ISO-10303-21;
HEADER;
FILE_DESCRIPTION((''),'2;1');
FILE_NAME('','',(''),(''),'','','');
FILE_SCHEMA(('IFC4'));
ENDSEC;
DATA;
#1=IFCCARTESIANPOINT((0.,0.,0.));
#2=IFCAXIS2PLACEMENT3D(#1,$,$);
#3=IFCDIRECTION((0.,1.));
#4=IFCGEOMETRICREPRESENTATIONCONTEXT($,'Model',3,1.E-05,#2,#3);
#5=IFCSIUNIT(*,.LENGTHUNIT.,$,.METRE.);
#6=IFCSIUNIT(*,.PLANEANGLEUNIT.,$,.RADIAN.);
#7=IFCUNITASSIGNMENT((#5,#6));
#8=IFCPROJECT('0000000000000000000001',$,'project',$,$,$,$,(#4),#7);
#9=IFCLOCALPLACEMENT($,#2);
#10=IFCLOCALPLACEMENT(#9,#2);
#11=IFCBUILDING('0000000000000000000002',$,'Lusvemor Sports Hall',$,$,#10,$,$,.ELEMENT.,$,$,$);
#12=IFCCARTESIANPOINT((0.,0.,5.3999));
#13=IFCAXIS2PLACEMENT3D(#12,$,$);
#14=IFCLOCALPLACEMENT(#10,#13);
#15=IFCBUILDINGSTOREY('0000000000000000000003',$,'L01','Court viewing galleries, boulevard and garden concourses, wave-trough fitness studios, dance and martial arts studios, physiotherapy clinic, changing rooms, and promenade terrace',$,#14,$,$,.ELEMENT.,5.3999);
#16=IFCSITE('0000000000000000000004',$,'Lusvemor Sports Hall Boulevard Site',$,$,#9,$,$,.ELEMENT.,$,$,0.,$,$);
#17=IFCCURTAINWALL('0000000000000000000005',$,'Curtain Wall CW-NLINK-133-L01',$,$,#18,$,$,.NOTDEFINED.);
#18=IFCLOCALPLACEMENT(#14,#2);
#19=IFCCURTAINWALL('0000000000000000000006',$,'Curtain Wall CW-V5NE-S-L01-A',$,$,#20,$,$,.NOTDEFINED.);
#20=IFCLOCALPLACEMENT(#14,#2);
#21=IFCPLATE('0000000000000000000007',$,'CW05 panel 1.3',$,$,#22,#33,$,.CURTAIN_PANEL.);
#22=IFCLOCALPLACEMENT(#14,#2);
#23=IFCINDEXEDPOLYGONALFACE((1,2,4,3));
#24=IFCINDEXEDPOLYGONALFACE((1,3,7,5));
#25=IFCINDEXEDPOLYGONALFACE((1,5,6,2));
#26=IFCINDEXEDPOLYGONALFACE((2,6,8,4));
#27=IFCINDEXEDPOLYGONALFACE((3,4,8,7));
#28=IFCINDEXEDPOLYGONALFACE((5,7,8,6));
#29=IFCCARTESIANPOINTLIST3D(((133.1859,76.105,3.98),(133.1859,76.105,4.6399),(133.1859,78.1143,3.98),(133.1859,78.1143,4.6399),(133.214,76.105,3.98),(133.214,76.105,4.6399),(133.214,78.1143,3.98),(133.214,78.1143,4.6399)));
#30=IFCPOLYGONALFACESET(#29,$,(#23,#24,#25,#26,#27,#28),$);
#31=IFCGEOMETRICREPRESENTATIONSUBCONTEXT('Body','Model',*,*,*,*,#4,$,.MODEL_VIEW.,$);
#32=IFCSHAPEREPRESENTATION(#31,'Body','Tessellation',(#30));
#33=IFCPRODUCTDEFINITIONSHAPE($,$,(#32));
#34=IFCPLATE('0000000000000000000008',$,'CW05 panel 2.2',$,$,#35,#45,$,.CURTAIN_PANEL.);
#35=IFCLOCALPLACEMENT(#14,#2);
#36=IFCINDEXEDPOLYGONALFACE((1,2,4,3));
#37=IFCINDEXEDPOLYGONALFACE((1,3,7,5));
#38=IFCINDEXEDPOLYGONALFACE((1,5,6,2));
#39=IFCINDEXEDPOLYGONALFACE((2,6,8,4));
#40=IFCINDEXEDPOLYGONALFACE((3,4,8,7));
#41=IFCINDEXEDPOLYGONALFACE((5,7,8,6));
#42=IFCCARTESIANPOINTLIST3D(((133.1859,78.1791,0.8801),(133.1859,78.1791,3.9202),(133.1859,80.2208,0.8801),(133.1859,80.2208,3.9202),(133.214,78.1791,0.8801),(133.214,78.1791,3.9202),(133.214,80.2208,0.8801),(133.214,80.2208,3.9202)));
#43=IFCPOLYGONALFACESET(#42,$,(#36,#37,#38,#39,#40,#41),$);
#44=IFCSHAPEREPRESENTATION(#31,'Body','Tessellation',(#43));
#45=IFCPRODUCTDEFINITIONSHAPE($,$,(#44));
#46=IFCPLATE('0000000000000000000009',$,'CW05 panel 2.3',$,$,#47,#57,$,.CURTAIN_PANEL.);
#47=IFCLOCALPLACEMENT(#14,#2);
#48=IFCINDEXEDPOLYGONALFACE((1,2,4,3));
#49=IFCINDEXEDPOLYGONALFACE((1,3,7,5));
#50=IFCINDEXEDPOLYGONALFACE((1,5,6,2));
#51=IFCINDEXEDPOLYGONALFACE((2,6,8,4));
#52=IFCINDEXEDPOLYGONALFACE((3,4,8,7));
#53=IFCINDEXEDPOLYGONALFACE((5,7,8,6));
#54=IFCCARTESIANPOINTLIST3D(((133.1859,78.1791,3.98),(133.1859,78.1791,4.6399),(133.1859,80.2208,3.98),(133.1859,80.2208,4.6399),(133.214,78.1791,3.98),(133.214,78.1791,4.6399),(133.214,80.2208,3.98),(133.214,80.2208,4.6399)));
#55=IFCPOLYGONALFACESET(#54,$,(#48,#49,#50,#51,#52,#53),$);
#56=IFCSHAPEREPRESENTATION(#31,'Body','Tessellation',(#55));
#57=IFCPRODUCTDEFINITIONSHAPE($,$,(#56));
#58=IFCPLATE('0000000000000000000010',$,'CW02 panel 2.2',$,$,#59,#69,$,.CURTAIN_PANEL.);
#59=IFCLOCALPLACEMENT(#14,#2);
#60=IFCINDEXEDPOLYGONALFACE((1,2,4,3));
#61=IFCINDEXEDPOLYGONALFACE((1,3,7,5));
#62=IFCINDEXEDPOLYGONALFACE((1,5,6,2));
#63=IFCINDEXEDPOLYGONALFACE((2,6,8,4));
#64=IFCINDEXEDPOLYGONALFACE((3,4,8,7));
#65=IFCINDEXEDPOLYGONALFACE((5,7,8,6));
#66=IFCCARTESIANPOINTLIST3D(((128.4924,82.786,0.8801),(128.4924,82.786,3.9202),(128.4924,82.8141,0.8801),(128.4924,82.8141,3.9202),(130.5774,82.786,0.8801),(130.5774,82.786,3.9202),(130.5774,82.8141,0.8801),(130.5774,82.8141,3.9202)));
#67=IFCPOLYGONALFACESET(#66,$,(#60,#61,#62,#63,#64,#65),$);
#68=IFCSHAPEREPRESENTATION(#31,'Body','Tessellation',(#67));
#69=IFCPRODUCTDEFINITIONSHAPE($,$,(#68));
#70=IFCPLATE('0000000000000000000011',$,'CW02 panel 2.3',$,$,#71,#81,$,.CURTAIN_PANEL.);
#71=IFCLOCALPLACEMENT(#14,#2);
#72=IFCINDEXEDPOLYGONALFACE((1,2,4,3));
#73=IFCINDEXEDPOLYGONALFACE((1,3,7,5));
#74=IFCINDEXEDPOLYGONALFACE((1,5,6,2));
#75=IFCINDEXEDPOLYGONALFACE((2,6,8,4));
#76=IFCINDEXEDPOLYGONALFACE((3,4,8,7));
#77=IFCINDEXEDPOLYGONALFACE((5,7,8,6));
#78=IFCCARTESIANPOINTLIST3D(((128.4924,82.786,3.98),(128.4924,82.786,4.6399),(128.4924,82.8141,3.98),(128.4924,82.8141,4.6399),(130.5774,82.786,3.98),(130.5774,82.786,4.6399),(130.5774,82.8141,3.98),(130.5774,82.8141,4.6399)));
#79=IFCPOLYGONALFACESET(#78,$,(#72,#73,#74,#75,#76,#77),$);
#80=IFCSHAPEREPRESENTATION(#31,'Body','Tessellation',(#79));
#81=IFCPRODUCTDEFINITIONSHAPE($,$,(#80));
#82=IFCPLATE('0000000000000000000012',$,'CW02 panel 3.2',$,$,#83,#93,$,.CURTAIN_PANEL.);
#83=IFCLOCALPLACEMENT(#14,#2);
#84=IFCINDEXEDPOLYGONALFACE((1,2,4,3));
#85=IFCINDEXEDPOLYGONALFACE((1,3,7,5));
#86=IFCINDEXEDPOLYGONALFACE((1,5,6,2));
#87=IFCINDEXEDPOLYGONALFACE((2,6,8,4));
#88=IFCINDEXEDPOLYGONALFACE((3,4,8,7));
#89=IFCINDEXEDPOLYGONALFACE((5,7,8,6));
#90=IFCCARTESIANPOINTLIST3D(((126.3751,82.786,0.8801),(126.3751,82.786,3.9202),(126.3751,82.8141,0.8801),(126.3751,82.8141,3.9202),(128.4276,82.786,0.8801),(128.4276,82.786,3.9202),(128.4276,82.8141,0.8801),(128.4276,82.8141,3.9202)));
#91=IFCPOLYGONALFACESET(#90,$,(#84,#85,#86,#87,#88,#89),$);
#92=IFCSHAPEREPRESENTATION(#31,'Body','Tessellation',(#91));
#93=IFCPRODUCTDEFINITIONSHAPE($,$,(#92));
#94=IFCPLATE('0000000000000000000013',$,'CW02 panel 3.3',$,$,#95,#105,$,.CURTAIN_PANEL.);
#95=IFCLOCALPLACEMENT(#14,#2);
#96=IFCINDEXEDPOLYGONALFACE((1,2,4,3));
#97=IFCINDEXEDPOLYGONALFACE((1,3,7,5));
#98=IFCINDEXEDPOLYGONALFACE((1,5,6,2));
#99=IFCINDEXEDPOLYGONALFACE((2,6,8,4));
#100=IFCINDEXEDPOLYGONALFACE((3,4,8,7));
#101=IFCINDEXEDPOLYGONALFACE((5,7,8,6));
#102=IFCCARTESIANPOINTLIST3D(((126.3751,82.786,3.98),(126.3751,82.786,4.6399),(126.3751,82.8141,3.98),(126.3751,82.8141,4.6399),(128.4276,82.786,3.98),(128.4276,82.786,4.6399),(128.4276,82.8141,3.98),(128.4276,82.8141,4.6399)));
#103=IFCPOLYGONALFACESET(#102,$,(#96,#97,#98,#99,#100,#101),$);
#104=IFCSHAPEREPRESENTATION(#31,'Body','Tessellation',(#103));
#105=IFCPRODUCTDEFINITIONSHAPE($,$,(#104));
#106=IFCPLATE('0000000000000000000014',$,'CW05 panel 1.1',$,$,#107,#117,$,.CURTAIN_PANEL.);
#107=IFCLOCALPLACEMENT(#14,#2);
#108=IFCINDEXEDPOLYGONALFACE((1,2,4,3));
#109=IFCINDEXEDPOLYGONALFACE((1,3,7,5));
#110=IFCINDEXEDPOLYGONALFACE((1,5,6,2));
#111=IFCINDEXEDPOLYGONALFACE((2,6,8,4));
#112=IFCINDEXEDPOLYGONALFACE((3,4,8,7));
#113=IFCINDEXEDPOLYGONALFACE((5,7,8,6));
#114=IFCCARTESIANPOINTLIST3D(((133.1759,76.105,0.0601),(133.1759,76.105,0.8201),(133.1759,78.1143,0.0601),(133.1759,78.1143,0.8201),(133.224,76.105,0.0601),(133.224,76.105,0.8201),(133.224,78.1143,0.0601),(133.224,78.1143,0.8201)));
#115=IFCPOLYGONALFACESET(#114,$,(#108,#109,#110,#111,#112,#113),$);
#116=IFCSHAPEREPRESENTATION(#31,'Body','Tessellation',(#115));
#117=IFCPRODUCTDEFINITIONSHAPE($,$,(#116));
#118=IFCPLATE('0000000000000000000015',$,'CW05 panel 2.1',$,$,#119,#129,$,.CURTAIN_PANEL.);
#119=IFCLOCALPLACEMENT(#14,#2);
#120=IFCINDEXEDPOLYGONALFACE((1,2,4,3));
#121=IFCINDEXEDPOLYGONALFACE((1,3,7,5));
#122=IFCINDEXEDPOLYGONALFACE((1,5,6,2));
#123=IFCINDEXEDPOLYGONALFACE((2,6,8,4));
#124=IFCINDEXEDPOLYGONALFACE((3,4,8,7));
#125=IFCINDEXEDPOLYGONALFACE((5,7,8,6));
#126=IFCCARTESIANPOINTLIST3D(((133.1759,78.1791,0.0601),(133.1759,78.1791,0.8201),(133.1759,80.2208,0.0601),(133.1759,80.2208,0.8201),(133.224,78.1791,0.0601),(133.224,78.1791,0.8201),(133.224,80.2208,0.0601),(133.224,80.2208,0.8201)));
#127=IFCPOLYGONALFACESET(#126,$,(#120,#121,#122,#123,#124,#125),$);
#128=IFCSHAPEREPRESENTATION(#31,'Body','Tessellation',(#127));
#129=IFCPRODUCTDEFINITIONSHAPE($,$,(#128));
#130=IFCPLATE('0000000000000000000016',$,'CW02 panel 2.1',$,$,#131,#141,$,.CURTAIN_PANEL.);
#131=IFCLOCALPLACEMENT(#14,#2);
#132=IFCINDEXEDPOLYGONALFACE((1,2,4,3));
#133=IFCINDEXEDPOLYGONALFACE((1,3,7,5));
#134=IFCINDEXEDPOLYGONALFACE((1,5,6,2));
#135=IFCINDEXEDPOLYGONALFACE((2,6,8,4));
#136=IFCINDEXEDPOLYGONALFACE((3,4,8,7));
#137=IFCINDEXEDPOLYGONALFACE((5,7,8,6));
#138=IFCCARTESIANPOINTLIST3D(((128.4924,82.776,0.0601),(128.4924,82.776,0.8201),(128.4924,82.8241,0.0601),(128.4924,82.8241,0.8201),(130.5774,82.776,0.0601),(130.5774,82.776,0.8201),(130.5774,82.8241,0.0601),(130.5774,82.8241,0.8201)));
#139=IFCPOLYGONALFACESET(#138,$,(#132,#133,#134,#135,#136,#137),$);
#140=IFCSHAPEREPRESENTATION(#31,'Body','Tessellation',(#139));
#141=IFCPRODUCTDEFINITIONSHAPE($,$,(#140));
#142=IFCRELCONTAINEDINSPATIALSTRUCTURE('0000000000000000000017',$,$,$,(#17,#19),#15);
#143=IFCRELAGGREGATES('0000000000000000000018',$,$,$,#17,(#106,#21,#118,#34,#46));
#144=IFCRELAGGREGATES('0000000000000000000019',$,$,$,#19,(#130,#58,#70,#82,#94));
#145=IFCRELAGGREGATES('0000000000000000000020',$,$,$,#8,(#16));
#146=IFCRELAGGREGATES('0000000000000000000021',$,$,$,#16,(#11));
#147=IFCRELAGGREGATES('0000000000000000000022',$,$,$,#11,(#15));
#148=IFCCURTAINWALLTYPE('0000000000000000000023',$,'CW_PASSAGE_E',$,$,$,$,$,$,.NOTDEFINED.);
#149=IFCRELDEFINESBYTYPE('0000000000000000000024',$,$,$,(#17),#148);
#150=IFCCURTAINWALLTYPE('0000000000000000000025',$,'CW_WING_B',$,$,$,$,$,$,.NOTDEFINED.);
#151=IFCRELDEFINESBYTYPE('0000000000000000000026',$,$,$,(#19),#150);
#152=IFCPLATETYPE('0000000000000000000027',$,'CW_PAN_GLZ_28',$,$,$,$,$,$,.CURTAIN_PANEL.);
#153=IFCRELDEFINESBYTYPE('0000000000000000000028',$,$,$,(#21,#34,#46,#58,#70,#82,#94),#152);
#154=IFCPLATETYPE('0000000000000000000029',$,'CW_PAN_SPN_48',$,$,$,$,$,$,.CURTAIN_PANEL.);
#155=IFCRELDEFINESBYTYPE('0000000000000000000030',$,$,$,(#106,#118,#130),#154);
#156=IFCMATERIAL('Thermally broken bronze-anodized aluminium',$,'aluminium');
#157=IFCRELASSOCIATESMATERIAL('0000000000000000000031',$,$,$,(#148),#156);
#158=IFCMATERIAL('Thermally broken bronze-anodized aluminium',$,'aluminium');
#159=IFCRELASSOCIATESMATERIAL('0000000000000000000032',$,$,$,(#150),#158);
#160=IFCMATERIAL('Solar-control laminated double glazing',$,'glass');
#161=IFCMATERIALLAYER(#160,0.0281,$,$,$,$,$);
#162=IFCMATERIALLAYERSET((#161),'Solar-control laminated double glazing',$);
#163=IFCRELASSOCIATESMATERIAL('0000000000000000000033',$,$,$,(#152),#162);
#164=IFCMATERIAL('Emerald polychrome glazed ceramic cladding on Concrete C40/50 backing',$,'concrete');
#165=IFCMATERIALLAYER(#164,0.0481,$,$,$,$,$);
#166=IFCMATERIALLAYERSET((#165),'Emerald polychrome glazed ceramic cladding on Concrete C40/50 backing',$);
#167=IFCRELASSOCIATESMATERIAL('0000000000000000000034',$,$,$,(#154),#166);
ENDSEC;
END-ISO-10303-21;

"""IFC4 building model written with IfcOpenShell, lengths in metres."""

from ifc_helpers import new_model, si_unit, direction, frame, origin, origin_2d, place, context, subcontext, project, spatial, rectangle, extrude, material, layer, layer_set, type_object, element, aggregate, save


model = new_model("IFC4")

# Units and contexts
model_context = context("Model", 3, precision=1e-05, world=origin(), true_north=direction((0.0, 1.0)))
body_context = subcontext(model_context, "Body", "Model", "MODEL_VIEW")
ifc_project = project(units=[si_unit("LENGTHUNIT", "METRE"), si_unit("PLANEANGLEUNIT", "RADIAN")], contexts=[model_context])

# Site, building, storey
site_placement = place(None, origin())
site = spatial("IfcSite", under=ifc_project, at=site_placement, Name="Lusvemor Sports Hall Boulevard Site", CompositionType="ELEMENT", RefElevation=0.0)
building_placement = place(site_placement, origin())
building = spatial("IfcBuilding", under=site, at=building_placement, Name="Lusvemor Sports Hall", CompositionType="ELEMENT")
storey_placement = place(building_placement, frame((0.0, 0.0, 5.3999)))
storey = spatial("IfcBuildingStorey", under=building, at=storey_placement, Name="L01", Description="Court viewing galleries, boulevard and garden concourses, wave-trough fitness studios, dance and martial arts studios, physiotherapy clinic, changing rooms, and promenade terrace", CompositionType="ELEMENT", Elevation=5.3999)

# Curtain wall
ifc_material_1 = material(Name="Thermally broken bronze-anodized aluminium", Category="aluminium")
curtain_wall_type_1 = type_object("IfcCurtainWallType", Name="CW_PASSAGE_E", PredefinedType="NOTDEFINED", material=ifc_material_1)
curtain_wall_1_placement = place(storey_placement, origin())
curtain_wall_1 = element("IfcCurtainWall", 1, at=curtain_wall_1_placement, inside=storey, type_object=curtain_wall_type_1, Name="Curtain Wall CW-NLINK-133-L01", PredefinedType="NOTDEFINED")

# Curtain wall
ifc_material_2 = material(Name="Thermally broken bronze-anodized aluminium", Category="aluminium")
curtain_wall_type_2 = type_object("IfcCurtainWallType", Name="CW_WING_B", PredefinedType="NOTDEFINED", material=ifc_material_2)
curtain_wall_2_placement = place(storey_placement, origin())
curtain_wall_2 = element("IfcCurtainWall", 2, at=curtain_wall_2_placement, inside=storey, type_object=curtain_wall_type_2, Name="Curtain Wall CW-V5NE-S-L01-A", PredefinedType="NOTDEFINED")

# Plates
ifc_material_3 = material(Name="Solar-control laminated double glazing", Category="glass")
ifc_layer_1 = layer(ifc_material_3, 0.0281)
ifc_layer_set_1 = layer_set([ifc_layer_1], Name="Solar-control laminated double glazing")
plate_type_1 = type_object("IfcPlateType", Name="CW_PAN_GLZ_28", PredefinedType="CURTAIN_PANEL", material=ifc_layer_set_1)
plate_1_placement = place(storey_placement, frame((133.2, 77.1096, 3.98), z_axis=(0.0, 0.0, 1.0), x_axis=(0.0, 1.0, 0.0)))
plate_1 = element("IfcPlate", 3, at=plate_1_placement, type_object=plate_type_1, Name="CW05 panel 1.3", PredefinedType="CURTAIN_PANEL", context=body_context, shape_type="SweptSolid", body=[
    extrude(rectangle(XDim=2.0093, YDim=0.0281, at=origin_2d()), origin(), (0.0, 0.0, 1.0), 0.6599),
])
plate_2_placement = place(storey_placement, frame((133.2, 79.2, 0.8801), z_axis=(0.0, 0.0, 1.0), x_axis=(0.0, 1.0, 0.0)))
plate_2 = element("IfcPlate", 4, at=plate_2_placement, type_object=plate_type_1, Name="CW05 panel 2.2", PredefinedType="CURTAIN_PANEL", context=body_context, shape_type="SweptSolid", body=[
    extrude(rectangle(XDim=2.0417, YDim=0.0281, at=origin_2d()), origin(), (0.0, 0.0, 1.0), 3.04),
])
plate_3_placement = place(storey_placement, frame((133.2, 79.2, 3.98), z_axis=(0.0, 0.0, 1.0), x_axis=(0.0, 1.0, 0.0)))
plate_3 = element("IfcPlate", 5, at=plate_3_placement, type_object=plate_type_1, Name="CW05 panel 2.3", PredefinedType="CURTAIN_PANEL", context=body_context, shape_type="SweptSolid", body=[
    extrude(rectangle(XDim=2.0417, YDim=0.0281, at=origin_2d()), origin(), (0.0, 0.0, 1.0), 0.6599),
])
plate_4_placement = place(storey_placement, frame((129.5349, 82.8, 0.8801), z_axis=(0.0, 0.0, 1.0), x_axis=(-1.0, 0.0, 0.0)))
plate_4 = element("IfcPlate", 6, at=plate_4_placement, type_object=plate_type_1, Name="CW02 panel 2.2", PredefinedType="CURTAIN_PANEL", context=body_context, shape_type="SweptSolid", body=[
    extrude(rectangle(XDim=2.085, YDim=0.0281, at=origin_2d()), origin(), (0.0, 0.0, 1.0), 3.04),
])
plate_5_placement = place(storey_placement, frame((129.5349, 82.8, 3.98), z_axis=(0.0, 0.0, 1.0), x_axis=(-1.0, 0.0, 0.0)))
plate_5 = element("IfcPlate", 7, at=plate_5_placement, type_object=plate_type_1, Name="CW02 panel 2.3", PredefinedType="CURTAIN_PANEL", context=body_context, shape_type="SweptSolid", body=[
    extrude(rectangle(XDim=2.085, YDim=0.0281, at=origin_2d()), origin(), (0.0, 0.0, 1.0), 0.6599),
])
plate_6_placement = place(storey_placement, frame((127.4014, 82.8, 0.8801), z_axis=(0.0, 0.0, 1.0), x_axis=(-1.0, 0.0, 0.0)))
plate_6 = element("IfcPlate", 8, at=plate_6_placement, type_object=plate_type_1, Name="CW02 panel 3.2", PredefinedType="CURTAIN_PANEL", context=body_context, shape_type="SweptSolid", body=[
    extrude(rectangle(XDim=2.0525, YDim=0.0281, at=origin_2d()), origin(), (0.0, 0.0, 1.0), 3.04),
])
plate_7_placement = place(storey_placement, frame((127.4014, 82.8, 3.98), z_axis=(0.0, 0.0, 1.0), x_axis=(-1.0, 0.0, 0.0)))
plate_7 = element("IfcPlate", 9, at=plate_7_placement, type_object=plate_type_1, Name="CW02 panel 3.3", PredefinedType="CURTAIN_PANEL", context=body_context, shape_type="SweptSolid", body=[
    extrude(rectangle(XDim=2.0525, YDim=0.0281, at=origin_2d()), origin(), (0.0, 0.0, 1.0), 0.6599),
])
ifc_material_4 = material(Name="Emerald polychrome glazed ceramic cladding on Concrete C40/50 backing", Category="concrete")
ifc_layer_2 = layer(ifc_material_4, 0.0481)
ifc_layer_set_2 = layer_set([ifc_layer_2], Name="Emerald polychrome glazed ceramic cladding on Concrete C40/50 backing")
plate_type_2 = type_object("IfcPlateType", Name="CW_PAN_SPN_48", PredefinedType="CURTAIN_PANEL", material=ifc_layer_set_2)
plate_8_placement = place(storey_placement, frame((133.2, 77.1096, 0.0601), z_axis=(0.0, 0.0, 1.0), x_axis=(0.0, 1.0, 0.0)))
plate_8 = element("IfcPlate", 10, at=plate_8_placement, type_object=plate_type_2, Name="CW05 panel 1.1", PredefinedType="CURTAIN_PANEL", context=body_context, shape_type="SweptSolid", body=[
    extrude(rectangle(XDim=2.0093, YDim=0.0481, at=origin_2d()), origin(), (0.0, 0.0, 1.0), 0.76),
])
plate_9_placement = place(storey_placement, frame((133.2, 79.2, 0.0601), z_axis=(0.0, 0.0, 1.0), x_axis=(0.0, 1.0, 0.0)))
plate_9 = element("IfcPlate", 11, at=plate_9_placement, type_object=plate_type_2, Name="CW05 panel 2.1", PredefinedType="CURTAIN_PANEL", context=body_context, shape_type="SweptSolid", body=[
    extrude(rectangle(XDim=2.0417, YDim=0.0481, at=origin_2d()), origin(), (0.0, 0.0, 1.0), 0.76),
])
aggregate(curtain_wall_1, [plate_8, plate_1, plate_9, plate_2, plate_3])
plate_10_placement = place(storey_placement, frame((129.5349, 82.8, 0.0601), z_axis=(0.0, 0.0, 1.0), x_axis=(-1.0, 0.0, 0.0)))
plate_10 = element("IfcPlate", 12, at=plate_10_placement, type_object=plate_type_2, Name="CW02 panel 2.1", PredefinedType="CURTAIN_PANEL", context=body_context, shape_type="SweptSolid", body=[
    extrude(rectangle(XDim=2.085, YDim=0.0481, at=origin_2d()), origin(), (0.0, 0.0, 1.0), 0.76),
])
aggregate(curtain_wall_2, [plate_10, plate_4, plate_5, plate_6, plate_7])

save(model, "model.ifc")
